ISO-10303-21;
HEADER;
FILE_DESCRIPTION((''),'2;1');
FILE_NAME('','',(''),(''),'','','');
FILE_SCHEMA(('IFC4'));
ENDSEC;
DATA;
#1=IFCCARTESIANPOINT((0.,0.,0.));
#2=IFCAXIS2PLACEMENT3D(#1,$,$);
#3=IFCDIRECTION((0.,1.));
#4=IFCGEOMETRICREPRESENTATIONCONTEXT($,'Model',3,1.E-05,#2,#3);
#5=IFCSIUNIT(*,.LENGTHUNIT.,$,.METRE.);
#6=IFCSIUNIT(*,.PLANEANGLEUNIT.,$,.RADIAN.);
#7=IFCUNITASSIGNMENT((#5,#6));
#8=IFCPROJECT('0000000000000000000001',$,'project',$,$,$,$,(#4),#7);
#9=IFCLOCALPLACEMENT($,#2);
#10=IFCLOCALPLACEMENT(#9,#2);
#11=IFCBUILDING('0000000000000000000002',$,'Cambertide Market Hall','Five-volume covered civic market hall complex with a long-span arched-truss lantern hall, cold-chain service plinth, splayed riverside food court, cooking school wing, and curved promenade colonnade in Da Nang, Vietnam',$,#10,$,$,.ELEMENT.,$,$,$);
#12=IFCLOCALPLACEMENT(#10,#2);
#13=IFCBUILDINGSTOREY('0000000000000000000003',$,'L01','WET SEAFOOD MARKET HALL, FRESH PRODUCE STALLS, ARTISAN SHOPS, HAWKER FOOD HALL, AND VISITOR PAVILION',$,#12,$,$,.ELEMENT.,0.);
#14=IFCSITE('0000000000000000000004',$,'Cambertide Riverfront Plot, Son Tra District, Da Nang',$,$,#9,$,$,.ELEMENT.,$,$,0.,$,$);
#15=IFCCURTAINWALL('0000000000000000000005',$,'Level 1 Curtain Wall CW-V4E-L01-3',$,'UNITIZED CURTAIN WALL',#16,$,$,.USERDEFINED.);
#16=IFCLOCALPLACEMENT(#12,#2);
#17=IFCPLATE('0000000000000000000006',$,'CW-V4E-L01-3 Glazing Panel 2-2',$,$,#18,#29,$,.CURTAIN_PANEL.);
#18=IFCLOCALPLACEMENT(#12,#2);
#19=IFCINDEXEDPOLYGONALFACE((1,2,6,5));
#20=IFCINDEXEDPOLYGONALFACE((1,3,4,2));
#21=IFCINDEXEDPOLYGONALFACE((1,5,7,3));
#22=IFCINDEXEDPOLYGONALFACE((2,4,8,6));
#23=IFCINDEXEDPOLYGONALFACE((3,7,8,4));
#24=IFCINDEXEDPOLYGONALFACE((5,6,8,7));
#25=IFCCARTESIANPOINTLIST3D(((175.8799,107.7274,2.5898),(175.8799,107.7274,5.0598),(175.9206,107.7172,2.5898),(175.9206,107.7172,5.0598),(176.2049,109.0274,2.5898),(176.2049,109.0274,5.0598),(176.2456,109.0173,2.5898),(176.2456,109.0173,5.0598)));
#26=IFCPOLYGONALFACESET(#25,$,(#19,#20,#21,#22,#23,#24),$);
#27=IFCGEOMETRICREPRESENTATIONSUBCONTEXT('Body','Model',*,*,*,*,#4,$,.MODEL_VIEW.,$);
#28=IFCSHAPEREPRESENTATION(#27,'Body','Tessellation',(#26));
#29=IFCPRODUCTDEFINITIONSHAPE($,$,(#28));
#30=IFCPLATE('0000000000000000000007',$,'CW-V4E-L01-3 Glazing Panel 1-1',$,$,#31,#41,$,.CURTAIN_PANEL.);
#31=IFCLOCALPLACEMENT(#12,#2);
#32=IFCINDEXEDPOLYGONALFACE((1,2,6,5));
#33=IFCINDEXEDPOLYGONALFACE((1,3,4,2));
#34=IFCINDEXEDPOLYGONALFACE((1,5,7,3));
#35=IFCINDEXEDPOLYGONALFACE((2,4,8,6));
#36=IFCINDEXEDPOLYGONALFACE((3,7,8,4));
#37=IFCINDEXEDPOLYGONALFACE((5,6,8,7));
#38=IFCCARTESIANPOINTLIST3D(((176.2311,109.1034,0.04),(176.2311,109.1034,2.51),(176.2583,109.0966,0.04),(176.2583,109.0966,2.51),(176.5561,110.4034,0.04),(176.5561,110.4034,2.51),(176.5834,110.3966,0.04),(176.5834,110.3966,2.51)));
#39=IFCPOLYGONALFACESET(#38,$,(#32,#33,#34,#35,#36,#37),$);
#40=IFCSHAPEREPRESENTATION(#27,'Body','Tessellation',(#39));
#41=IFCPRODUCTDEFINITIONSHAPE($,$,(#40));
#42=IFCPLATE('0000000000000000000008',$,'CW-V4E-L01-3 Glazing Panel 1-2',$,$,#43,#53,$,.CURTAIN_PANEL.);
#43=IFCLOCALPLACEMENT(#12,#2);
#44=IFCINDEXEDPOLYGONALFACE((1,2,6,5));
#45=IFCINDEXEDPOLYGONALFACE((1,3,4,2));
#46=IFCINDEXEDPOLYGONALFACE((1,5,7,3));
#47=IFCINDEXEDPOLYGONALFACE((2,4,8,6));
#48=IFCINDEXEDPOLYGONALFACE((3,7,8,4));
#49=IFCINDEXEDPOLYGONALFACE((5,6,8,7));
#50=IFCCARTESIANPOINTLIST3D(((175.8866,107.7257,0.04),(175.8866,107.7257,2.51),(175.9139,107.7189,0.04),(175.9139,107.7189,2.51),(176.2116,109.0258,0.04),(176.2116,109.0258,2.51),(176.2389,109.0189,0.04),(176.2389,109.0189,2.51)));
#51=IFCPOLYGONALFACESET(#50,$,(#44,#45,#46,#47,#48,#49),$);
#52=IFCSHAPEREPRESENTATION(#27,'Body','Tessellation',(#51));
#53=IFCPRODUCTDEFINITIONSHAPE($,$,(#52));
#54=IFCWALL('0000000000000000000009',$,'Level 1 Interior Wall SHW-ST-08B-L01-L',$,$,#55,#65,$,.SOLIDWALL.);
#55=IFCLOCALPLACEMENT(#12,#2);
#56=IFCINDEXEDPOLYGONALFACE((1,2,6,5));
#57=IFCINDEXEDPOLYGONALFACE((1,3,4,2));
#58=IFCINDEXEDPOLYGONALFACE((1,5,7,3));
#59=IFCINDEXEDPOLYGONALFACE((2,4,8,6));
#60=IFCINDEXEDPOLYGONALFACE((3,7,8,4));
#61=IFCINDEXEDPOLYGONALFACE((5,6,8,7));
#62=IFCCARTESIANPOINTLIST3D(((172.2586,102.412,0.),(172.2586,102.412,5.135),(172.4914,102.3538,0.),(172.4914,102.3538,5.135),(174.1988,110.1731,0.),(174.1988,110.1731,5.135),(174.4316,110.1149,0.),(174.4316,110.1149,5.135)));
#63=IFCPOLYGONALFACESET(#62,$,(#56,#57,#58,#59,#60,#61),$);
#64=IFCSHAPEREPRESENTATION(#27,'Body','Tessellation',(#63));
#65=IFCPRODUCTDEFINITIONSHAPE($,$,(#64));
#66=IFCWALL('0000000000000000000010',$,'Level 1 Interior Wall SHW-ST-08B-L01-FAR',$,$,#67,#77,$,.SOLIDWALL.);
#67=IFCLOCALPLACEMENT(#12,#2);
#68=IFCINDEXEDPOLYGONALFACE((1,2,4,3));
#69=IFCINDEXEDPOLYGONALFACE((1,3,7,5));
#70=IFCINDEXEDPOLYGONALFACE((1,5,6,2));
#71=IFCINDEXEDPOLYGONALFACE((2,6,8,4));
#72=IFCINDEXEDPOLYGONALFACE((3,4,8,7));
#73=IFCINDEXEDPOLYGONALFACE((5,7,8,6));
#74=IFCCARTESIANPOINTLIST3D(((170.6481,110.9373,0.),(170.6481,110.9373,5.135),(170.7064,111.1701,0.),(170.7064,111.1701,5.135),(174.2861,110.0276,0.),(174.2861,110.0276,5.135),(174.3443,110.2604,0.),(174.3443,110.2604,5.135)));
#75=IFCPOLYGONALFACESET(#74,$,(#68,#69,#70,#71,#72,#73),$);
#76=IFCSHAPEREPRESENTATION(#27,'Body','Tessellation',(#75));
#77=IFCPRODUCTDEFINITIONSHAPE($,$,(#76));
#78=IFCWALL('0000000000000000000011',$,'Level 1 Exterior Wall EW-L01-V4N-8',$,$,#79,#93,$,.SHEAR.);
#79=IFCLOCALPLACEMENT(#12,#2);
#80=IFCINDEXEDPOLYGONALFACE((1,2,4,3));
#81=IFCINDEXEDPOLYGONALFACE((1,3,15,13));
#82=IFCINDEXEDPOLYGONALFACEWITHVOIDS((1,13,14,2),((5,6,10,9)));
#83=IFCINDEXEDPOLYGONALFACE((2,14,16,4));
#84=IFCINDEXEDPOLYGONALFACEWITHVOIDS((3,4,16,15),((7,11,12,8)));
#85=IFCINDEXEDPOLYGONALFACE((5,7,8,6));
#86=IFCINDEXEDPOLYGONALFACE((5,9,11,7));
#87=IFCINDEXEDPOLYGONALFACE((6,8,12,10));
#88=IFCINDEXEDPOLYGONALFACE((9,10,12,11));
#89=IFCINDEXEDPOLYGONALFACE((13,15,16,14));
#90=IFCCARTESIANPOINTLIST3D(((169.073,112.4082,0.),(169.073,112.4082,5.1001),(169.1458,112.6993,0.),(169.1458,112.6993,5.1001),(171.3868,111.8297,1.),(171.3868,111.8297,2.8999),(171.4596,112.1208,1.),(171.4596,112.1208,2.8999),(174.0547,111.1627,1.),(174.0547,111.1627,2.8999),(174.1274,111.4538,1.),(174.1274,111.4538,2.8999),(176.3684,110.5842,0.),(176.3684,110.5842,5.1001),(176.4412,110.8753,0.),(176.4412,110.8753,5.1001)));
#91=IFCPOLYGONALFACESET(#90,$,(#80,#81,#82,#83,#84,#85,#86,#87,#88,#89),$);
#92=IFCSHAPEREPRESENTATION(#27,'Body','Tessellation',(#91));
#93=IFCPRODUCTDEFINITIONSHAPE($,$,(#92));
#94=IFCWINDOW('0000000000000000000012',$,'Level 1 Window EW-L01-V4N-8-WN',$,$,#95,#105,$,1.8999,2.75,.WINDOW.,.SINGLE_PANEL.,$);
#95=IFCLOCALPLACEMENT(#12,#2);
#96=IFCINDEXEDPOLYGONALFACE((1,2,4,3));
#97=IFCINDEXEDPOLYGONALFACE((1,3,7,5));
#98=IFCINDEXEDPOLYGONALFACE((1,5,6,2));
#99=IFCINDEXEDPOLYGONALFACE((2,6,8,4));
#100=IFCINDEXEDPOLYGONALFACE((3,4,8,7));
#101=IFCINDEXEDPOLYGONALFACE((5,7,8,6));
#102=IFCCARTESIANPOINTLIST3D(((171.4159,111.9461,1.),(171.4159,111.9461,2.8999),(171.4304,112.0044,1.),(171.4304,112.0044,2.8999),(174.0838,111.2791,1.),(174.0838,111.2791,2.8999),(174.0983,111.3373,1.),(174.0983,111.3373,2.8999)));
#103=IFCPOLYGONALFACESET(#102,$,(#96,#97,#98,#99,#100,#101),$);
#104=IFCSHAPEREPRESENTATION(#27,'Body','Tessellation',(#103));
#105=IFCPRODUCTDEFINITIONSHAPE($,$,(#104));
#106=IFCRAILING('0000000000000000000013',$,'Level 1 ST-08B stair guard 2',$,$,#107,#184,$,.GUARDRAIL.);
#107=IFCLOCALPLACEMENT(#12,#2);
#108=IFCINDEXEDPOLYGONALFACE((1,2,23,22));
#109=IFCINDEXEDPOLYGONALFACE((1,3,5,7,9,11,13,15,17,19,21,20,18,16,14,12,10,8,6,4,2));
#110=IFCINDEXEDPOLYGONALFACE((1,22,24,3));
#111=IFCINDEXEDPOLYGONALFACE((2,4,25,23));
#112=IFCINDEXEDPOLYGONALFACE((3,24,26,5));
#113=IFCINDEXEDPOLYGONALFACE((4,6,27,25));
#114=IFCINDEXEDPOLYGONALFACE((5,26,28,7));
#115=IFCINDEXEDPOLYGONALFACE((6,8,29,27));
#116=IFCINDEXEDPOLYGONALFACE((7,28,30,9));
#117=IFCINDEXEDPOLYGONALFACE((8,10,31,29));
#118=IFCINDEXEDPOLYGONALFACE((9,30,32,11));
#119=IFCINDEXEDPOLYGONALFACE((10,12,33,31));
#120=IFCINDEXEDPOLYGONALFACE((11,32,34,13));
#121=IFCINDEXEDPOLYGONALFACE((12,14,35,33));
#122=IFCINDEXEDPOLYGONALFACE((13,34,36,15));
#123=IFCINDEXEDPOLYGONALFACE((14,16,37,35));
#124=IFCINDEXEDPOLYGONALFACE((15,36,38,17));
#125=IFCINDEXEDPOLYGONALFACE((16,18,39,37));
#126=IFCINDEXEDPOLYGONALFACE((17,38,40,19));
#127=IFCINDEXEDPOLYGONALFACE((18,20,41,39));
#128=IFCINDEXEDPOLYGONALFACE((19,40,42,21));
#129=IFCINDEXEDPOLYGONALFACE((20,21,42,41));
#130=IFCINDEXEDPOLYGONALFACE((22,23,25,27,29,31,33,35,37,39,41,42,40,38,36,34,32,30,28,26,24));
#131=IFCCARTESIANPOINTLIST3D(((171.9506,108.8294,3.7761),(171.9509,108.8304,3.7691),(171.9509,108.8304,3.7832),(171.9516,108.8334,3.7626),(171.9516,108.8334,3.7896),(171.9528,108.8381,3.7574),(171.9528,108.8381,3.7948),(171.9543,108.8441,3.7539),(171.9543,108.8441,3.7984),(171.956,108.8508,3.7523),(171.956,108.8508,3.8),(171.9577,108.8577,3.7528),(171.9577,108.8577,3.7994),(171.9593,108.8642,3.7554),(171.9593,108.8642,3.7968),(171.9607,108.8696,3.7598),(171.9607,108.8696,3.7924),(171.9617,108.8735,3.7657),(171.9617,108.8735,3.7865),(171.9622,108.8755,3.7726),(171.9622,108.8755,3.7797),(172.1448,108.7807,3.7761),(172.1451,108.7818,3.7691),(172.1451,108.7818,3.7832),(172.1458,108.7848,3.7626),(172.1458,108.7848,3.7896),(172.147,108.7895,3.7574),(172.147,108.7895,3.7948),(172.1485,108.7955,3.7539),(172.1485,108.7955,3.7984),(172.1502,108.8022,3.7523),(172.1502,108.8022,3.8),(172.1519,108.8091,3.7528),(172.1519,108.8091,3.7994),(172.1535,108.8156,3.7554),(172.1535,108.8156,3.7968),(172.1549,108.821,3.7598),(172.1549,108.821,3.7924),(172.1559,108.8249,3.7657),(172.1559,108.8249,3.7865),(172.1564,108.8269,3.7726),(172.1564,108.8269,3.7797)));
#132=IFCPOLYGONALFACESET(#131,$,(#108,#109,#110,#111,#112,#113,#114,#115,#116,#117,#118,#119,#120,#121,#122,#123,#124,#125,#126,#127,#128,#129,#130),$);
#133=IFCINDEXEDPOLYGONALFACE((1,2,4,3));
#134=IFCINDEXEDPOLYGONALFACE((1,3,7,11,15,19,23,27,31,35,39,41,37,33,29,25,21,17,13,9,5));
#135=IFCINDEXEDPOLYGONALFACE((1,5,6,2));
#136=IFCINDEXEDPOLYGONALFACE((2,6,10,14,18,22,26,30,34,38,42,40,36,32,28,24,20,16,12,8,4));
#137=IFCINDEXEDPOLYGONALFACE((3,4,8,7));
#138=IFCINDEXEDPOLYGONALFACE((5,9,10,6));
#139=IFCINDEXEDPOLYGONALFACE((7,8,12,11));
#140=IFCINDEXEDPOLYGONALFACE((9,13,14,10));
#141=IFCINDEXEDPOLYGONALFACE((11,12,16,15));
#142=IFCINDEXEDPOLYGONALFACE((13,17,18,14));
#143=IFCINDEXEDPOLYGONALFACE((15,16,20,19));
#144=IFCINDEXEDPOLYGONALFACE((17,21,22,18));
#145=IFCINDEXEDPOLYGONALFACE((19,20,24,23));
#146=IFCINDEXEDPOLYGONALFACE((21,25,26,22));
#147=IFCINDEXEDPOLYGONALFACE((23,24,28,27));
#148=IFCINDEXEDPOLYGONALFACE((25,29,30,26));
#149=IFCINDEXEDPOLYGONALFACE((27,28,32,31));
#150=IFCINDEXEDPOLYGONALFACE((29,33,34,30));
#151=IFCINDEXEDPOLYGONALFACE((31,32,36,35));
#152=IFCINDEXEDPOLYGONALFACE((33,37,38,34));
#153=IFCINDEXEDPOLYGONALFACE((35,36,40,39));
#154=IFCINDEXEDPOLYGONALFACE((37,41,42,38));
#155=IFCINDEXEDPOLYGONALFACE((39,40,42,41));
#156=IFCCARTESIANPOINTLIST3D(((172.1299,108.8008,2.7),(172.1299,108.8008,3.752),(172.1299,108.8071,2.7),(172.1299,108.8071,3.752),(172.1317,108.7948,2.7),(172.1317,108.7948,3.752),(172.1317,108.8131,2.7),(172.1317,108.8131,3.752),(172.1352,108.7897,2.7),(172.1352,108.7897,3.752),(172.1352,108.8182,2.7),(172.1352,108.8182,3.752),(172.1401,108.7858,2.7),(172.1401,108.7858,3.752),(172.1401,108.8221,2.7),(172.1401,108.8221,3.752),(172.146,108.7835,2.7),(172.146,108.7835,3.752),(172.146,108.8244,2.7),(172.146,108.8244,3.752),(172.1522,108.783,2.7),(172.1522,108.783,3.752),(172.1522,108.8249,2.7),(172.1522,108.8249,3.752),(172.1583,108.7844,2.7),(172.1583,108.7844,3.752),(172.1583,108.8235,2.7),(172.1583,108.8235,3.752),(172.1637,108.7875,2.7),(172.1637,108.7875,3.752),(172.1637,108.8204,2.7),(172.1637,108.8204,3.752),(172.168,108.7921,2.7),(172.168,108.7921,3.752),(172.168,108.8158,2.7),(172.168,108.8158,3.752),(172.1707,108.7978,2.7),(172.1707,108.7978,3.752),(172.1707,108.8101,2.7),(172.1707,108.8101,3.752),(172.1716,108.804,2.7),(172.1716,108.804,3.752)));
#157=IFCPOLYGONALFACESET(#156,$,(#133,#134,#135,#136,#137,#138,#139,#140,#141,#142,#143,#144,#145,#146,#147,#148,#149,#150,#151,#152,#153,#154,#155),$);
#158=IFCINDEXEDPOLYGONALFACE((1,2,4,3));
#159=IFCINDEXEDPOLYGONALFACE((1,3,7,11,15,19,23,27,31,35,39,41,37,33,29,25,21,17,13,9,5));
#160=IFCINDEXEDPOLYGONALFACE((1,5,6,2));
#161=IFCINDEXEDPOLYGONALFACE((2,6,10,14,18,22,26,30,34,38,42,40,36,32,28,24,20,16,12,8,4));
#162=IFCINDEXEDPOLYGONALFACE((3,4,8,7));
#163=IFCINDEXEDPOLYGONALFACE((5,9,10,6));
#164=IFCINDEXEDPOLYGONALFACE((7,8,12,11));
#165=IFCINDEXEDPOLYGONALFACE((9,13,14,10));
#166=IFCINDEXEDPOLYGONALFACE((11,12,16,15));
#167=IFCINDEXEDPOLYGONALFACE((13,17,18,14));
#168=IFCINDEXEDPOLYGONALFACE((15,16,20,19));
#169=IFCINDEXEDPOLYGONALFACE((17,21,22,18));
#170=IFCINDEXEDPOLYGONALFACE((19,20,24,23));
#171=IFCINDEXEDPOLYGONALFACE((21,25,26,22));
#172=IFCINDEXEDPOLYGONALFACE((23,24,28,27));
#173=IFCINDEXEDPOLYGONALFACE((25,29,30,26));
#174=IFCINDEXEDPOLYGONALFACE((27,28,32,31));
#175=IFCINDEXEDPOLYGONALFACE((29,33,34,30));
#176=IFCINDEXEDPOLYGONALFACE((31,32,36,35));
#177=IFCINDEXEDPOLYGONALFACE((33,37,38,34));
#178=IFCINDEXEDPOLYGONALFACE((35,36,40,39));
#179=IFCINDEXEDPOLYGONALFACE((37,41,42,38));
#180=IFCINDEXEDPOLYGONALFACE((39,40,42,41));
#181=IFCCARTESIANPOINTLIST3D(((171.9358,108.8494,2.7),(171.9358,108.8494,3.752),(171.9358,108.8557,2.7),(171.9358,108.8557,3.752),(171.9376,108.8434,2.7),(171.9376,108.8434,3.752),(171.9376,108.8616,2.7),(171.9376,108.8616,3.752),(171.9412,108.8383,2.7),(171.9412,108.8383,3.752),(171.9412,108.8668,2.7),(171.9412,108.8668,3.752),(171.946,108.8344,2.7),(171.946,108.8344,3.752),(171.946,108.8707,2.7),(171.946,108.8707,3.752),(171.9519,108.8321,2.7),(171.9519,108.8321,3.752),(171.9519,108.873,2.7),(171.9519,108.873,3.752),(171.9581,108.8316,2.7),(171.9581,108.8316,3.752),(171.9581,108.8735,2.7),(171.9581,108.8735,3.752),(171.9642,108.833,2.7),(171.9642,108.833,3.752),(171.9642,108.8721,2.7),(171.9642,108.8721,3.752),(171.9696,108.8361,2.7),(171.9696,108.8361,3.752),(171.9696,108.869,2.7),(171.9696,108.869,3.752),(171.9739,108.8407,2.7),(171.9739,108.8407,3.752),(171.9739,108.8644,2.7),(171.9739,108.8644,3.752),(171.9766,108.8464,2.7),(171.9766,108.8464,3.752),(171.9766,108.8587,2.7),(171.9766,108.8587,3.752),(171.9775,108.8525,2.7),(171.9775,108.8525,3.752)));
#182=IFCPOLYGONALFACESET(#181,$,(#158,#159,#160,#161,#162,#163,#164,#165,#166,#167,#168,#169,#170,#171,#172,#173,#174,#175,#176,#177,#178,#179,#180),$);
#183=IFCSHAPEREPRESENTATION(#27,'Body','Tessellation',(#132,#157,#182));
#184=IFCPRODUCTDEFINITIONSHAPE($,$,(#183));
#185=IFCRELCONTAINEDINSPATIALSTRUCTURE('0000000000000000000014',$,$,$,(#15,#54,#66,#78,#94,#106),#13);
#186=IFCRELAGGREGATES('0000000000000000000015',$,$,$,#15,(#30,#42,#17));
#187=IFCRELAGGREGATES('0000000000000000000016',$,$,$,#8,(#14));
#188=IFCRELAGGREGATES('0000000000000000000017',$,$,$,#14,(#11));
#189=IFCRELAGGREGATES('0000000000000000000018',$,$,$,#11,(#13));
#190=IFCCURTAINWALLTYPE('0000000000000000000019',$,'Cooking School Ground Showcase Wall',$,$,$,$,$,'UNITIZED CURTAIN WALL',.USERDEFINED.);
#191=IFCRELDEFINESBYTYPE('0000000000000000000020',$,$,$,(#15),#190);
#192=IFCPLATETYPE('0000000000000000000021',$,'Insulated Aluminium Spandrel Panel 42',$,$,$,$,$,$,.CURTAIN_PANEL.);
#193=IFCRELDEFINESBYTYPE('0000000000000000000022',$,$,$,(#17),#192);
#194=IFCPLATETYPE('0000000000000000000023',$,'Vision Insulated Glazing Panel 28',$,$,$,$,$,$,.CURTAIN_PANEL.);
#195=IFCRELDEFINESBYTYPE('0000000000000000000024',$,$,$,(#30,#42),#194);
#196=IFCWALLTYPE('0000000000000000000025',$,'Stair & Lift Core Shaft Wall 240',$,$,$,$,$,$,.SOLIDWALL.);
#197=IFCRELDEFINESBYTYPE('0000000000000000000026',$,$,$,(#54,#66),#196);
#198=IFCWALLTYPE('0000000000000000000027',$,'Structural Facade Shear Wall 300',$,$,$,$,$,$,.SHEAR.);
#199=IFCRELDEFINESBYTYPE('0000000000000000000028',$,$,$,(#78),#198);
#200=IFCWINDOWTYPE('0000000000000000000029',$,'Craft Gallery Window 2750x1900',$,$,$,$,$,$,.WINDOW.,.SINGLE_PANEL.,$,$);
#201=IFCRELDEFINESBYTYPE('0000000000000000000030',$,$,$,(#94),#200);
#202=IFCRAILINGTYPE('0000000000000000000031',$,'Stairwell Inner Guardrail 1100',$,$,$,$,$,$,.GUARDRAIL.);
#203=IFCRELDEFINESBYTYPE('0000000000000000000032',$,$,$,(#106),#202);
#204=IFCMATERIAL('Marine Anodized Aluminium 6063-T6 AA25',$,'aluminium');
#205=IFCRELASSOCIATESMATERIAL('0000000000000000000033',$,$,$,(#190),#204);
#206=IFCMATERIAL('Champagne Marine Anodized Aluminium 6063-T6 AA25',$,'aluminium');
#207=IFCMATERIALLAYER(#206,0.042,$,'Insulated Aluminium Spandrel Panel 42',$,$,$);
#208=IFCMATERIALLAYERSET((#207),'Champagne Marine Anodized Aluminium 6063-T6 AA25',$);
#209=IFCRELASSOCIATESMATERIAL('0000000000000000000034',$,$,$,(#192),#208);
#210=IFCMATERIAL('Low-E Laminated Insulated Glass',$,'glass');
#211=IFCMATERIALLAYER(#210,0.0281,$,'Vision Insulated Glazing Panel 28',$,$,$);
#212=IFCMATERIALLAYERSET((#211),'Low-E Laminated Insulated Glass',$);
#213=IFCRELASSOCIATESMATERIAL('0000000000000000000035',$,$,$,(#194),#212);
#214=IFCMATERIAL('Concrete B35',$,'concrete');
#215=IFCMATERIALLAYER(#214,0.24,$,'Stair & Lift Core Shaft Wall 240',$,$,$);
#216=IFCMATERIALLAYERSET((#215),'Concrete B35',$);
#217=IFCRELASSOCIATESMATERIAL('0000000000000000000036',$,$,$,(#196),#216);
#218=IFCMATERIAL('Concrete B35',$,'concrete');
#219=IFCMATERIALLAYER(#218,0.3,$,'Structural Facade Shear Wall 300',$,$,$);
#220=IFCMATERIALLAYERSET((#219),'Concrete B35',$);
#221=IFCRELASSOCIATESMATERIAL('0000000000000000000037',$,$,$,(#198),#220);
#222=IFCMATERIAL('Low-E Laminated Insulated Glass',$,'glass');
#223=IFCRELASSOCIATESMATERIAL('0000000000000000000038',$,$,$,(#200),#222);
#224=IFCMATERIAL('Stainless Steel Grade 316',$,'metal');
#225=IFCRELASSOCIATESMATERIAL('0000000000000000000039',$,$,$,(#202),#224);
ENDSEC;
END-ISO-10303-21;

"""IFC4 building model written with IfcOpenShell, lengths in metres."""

from ifc_helpers import new_model, si_unit, direction, frame, frame_2d, origin, origin_2d, place, context, subcontext, project, spatial, rectangle, circle, extrude, material, layer, layer_set, type_object, element, fill, aggregate, save


model = new_model("IFC4")

# Units and contexts
model_context = context("Model", 3, precision=1e-05, world=origin(), true_north=direction((0.0, 1.0)))
body_context = subcontext(model_context, "Body", "Model", "MODEL_VIEW")
ifc_project = project(units=[si_unit("LENGTHUNIT", "METRE"), si_unit("PLANEANGLEUNIT", "RADIAN")], contexts=[model_context])

# Site, building, storey
site_placement = place(None, origin())
site = spatial("IfcSite", under=ifc_project, at=site_placement, Name="Cambertide Riverfront Plot, Son Tra District, Da Nang", CompositionType="ELEMENT", RefElevation=0.0)
building_placement = place(site_placement, origin())
building = spatial("IfcBuilding", under=site, at=building_placement, Name="Cambertide Market Hall", Description="Five-volume covered civic market hall complex with a long-span arched-truss lantern hall, cold-chain service plinth, splayed riverside food court, cooking school wing, and curved promenade colonnade in Da Nang, Vietnam", CompositionType="ELEMENT")
storey_placement = place(building_placement, origin())
storey = spatial("IfcBuildingStorey", under=building, at=storey_placement, Name="L01", Description="WET SEAFOOD MARKET HALL, FRESH PRODUCE STALLS, ARTISAN SHOPS, HAWKER FOOD HALL, AND VISITOR PAVILION", CompositionType="ELEMENT", Elevation=0.0)

# Curtain wall
ifc_material_1 = material(Name="Marine Anodized Aluminium 6063-T6 AA25", Category="aluminium")
curtain_wall_type = type_object("IfcCurtainWallType", Name="Cooking School Ground Showcase Wall", ElementType="UNITIZED CURTAIN WALL", PredefinedType="USERDEFINED", material=ifc_material_1)
curtain_wall_placement = place(storey_placement, origin())
curtain_wall = element("IfcCurtainWall", 1, at=curtain_wall_placement, inside=storey, type_object=curtain_wall_type, Name="Level 1 Curtain Wall CW-V4E-L01-3", ObjectType="UNITIZED CURTAIN WALL", PredefinedType="USERDEFINED")

# Plates
ifc_material_2 = material(Name="Champagne Marine Anodized Aluminium 6063-T6 AA25", Category="aluminium")
ifc_layer_1 = layer(ifc_material_2, 0.042, Name="Insulated Aluminium Spandrel Panel 42")
ifc_layer_set_1 = layer_set([ifc_layer_1], Name="Champagne Marine Anodized Aluminium 6063-T6 AA25")
plate_type_1 = type_object("IfcPlateType", Name="Insulated Aluminium Spandrel Panel 42", PredefinedType="CURTAIN_PANEL", material=ifc_layer_set_1)
plate_1_placement = place(storey_placement, frame((176.0627, 108.3723, 2.5898), z_axis=(0.0, 0.0, 1.0), x_axis=(-0.242536, -0.970143, 0.0)))
plate_1 = element("IfcPlate", 2, at=plate_1_placement, type_object=plate_type_1, Name="CW-V4E-L01-3 Glazing Panel 2-2", PredefinedType="CURTAIN_PANEL", context=body_context, shape_type="SweptSolid", body=[
    extrude(rectangle(XDim=1.3401, YDim=0.042, at=origin_2d()), origin(), (0.0, 0.0, 1.0), 2.47),
])
ifc_material_3 = material(Name="Low-E Laminated Insulated Glass", Category="glass")
ifc_layer_2 = layer(ifc_material_3, 0.0281, Name="Vision Insulated Glazing Panel 28")
ifc_layer_set_2 = layer_set([ifc_layer_2], Name="Low-E Laminated Insulated Glass")
plate_type_2 = type_object("IfcPlateType", Name="Vision Insulated Glazing Panel 28", PredefinedType="CURTAIN_PANEL", material=ifc_layer_set_2)
plate_2_placement = place(storey_placement, frame((176.4072, 109.75, 0.04), z_axis=(0.0, 0.0, 1.0), x_axis=(-0.242536, -0.970143, 0.0)))
plate_2 = element("IfcPlate", 3, at=plate_2_placement, type_object=plate_type_2, Name="CW-V4E-L01-3 Glazing Panel 1-1", PredefinedType="CURTAIN_PANEL", context=body_context, shape_type="SweptSolid", body=[
    extrude(rectangle(XDim=1.3401, YDim=0.0281, at=origin_2d()), origin(), (0.0, 0.0, 1.0), 2.47),
])
plate_3_placement = place(storey_placement, frame((176.0627, 108.3723, 0.04), z_axis=(0.0, 0.0, 1.0), x_axis=(-0.242536, -0.970143, 0.0)))
plate_3 = element("IfcPlate", 4, at=plate_3_placement, type_object=plate_type_2, Name="CW-V4E-L01-3 Glazing Panel 1-2", PredefinedType="CURTAIN_PANEL", context=body_context, shape_type="SweptSolid", body=[
    extrude(rectangle(XDim=1.3401, YDim=0.0281, at=origin_2d()), origin(), (0.0, 0.0, 1.0), 2.47),
])
aggregate(curtain_wall, [plate_2, plate_3, plate_1])

# Walls
ifc_material_4 = material(Name="Concrete B35", Category="concrete")
ifc_layer_3 = layer(ifc_material_4, 0.24, Name="Stair & Lift Core Shaft Wall 240")
ifc_layer_set_3 = layer_set([ifc_layer_3], Name="Concrete B35")
wall_type_1 = type_object("IfcWallType", Name="Stair & Lift Core Shaft Wall 240", PredefinedType="SOLIDWALL", material=ifc_layer_set_3)
wall_1_placement = place(storey_placement, frame((174.3152, 110.144, 0.0), z_axis=(0.0, 0.0, 1.0), x_axis=(-0.242521, -0.970146, 0.0)))
element("IfcWall", 5, at=wall_1_placement, inside=storey, type_object=wall_type_1, Name="Level 1 Interior Wall SHW-ST-08B-L01-L", PredefinedType="SOLIDWALL", context=body_context, shape_type="SweptSolid", body=[
    extrude(rectangle(XDim=8.0, YDim=0.24, at=frame_2d((4.0, 0.0))), origin(), (0.0, 0.0, 1.0), 5.135),
])
wall_2_placement = place(storey_placement, frame((170.6772, 111.0537, 0.0), z_axis=(0.0, 0.0, 1.0), x_axis=(0.970131, -0.242582, 0.0)))
element("IfcWall", 6, at=wall_2_placement, inside=storey, type_object=wall_type_1, Name="Level 1 Interior Wall SHW-ST-08B-L01-FAR", PredefinedType="SOLIDWALL", context=body_context, shape_type="SweptSolid", body=[
    extrude(rectangle(XDim=3.75, YDim=0.24, at=frame_2d((1.875, 0.0))), origin(), (0.0, 0.0, 1.0), 5.135),
])

# Wall, opening, window
ifc_material_5 = material(Name="Concrete B35", Category="concrete")
ifc_layer_4 = layer(ifc_material_5, 0.3, Name="Structural Facade Shear Wall 300")
ifc_layer_set_4 = layer_set([ifc_layer_4], Name="Concrete B35")
wall_type_2 = type_object("IfcWallType", Name="Structural Facade Shear Wall 300", PredefinedType="SHEAR", material=ifc_layer_set_4)
wall_3_placement = place(storey_placement, frame((169.1094, 112.5537, 0.0), z_axis=(0.0, 0.0, 1.0), x_axis=(0.970139, -0.242551, 0.0)))
wall_3 = element("IfcWall", 7, at=wall_3_placement, inside=storey, type_object=wall_type_2, Name="Level 1 Exterior Wall EW-L01-V4N-8", PredefinedType="SHEAR", context=body_context, shape_type="SweptSolid", body=[
    extrude(rectangle(XDim=7.52, YDim=0.3, at=frame_2d((3.76, 0.0))), origin(), (0.0, 0.0, 1.0), 5.1001),
])
opening_placement = place(wall_3_placement, frame((2.385, 0.0, 1.0)))
opening = element("IfcOpeningElement", 8, at=opening_placement, cuts=wall_3, PredefinedType="OPENING", context=body_context, shape_type="SweptSolid", body=[
    extrude(rectangle(XDim=2.75, YDim=1.8999, at=frame_2d((1.375, 0.95))), frame((0.0, 0.1599, 0.0), z_axis=(0.0, -1.0, 0.0), x_axis=(1.0, 0.0, 0.0)), (0.0, 0.0, 1.0), 0.3201),
])
ifc_material_6 = material(Name="Low-E Laminated Insulated Glass", Category="glass")
window_type = type_object("IfcWindowType", Name="Craft Gallery Window 2750x1900", PartitioningType="SINGLE_PANEL", PredefinedType="WINDOW", material=ifc_material_6)
window_placement = place(opening_placement, origin())
window = element("IfcWindow", 9, at=window_placement, inside=storey, type_object=window_type, Name="Level 1 Window EW-L01-V4N-8-WN", OverallHeight=1.8999, OverallWidth=2.75, PartitioningType="SINGLE_PANEL", PredefinedType="WINDOW", context=body_context, shape_type="SweptSolid", body=[
    extrude(rectangle(XDim=2.75, YDim=1.8999, at=frame_2d((1.375, 0.95))), frame((0.0, 0.03, 0.0), z_axis=(0.0, -1.0, 0.0), x_axis=(1.0, 0.0, 0.0)), (0.0, 0.0, 1.0), 0.0601),
])
fill(opening, window)

# Railing
ifc_material_7 = material(Name="Stainless Steel Grade 316", Category="metal")
railing_type_1 = type_object("IfcRailingType", Name="Stairwell Inner Guardrail 1100", PredefinedType="GUARDRAIL", material=ifc_material_7)
railing_1_placement = place(storey_placement, frame((172.1506, 108.804, 2.7)))
element("IfcRailing", 10, at=railing_1_placement, inside=storey, type_object=railing_type_1, Name="Level 1 ST-08B stair guard 2", PredefinedType="GUARDRAIL", context=body_context, shape_type="SweptSolid", body=[
    extrude(circle(Radius=0.0239, at=origin_2d()), frame((0.0, 0.0, 1.0762), z_axis=(-0.970071, 0.242823, 0.0), x_axis=(-0.242823, -0.970071, 0.0)), (0.0, 0.0, 1.0), 0.2002),
    extrude(circle(Radius=0.021, at=origin_2d()), origin(), (0.0, 0.0, 1.0), 1.052),
    extrude(circle(Radius=0.021, at=origin_2d()), frame((-0.1941, 0.0486, 0.0)), (0.0, 0.0, 1.0), 1.052),
])

save(model, "model.ifc")
